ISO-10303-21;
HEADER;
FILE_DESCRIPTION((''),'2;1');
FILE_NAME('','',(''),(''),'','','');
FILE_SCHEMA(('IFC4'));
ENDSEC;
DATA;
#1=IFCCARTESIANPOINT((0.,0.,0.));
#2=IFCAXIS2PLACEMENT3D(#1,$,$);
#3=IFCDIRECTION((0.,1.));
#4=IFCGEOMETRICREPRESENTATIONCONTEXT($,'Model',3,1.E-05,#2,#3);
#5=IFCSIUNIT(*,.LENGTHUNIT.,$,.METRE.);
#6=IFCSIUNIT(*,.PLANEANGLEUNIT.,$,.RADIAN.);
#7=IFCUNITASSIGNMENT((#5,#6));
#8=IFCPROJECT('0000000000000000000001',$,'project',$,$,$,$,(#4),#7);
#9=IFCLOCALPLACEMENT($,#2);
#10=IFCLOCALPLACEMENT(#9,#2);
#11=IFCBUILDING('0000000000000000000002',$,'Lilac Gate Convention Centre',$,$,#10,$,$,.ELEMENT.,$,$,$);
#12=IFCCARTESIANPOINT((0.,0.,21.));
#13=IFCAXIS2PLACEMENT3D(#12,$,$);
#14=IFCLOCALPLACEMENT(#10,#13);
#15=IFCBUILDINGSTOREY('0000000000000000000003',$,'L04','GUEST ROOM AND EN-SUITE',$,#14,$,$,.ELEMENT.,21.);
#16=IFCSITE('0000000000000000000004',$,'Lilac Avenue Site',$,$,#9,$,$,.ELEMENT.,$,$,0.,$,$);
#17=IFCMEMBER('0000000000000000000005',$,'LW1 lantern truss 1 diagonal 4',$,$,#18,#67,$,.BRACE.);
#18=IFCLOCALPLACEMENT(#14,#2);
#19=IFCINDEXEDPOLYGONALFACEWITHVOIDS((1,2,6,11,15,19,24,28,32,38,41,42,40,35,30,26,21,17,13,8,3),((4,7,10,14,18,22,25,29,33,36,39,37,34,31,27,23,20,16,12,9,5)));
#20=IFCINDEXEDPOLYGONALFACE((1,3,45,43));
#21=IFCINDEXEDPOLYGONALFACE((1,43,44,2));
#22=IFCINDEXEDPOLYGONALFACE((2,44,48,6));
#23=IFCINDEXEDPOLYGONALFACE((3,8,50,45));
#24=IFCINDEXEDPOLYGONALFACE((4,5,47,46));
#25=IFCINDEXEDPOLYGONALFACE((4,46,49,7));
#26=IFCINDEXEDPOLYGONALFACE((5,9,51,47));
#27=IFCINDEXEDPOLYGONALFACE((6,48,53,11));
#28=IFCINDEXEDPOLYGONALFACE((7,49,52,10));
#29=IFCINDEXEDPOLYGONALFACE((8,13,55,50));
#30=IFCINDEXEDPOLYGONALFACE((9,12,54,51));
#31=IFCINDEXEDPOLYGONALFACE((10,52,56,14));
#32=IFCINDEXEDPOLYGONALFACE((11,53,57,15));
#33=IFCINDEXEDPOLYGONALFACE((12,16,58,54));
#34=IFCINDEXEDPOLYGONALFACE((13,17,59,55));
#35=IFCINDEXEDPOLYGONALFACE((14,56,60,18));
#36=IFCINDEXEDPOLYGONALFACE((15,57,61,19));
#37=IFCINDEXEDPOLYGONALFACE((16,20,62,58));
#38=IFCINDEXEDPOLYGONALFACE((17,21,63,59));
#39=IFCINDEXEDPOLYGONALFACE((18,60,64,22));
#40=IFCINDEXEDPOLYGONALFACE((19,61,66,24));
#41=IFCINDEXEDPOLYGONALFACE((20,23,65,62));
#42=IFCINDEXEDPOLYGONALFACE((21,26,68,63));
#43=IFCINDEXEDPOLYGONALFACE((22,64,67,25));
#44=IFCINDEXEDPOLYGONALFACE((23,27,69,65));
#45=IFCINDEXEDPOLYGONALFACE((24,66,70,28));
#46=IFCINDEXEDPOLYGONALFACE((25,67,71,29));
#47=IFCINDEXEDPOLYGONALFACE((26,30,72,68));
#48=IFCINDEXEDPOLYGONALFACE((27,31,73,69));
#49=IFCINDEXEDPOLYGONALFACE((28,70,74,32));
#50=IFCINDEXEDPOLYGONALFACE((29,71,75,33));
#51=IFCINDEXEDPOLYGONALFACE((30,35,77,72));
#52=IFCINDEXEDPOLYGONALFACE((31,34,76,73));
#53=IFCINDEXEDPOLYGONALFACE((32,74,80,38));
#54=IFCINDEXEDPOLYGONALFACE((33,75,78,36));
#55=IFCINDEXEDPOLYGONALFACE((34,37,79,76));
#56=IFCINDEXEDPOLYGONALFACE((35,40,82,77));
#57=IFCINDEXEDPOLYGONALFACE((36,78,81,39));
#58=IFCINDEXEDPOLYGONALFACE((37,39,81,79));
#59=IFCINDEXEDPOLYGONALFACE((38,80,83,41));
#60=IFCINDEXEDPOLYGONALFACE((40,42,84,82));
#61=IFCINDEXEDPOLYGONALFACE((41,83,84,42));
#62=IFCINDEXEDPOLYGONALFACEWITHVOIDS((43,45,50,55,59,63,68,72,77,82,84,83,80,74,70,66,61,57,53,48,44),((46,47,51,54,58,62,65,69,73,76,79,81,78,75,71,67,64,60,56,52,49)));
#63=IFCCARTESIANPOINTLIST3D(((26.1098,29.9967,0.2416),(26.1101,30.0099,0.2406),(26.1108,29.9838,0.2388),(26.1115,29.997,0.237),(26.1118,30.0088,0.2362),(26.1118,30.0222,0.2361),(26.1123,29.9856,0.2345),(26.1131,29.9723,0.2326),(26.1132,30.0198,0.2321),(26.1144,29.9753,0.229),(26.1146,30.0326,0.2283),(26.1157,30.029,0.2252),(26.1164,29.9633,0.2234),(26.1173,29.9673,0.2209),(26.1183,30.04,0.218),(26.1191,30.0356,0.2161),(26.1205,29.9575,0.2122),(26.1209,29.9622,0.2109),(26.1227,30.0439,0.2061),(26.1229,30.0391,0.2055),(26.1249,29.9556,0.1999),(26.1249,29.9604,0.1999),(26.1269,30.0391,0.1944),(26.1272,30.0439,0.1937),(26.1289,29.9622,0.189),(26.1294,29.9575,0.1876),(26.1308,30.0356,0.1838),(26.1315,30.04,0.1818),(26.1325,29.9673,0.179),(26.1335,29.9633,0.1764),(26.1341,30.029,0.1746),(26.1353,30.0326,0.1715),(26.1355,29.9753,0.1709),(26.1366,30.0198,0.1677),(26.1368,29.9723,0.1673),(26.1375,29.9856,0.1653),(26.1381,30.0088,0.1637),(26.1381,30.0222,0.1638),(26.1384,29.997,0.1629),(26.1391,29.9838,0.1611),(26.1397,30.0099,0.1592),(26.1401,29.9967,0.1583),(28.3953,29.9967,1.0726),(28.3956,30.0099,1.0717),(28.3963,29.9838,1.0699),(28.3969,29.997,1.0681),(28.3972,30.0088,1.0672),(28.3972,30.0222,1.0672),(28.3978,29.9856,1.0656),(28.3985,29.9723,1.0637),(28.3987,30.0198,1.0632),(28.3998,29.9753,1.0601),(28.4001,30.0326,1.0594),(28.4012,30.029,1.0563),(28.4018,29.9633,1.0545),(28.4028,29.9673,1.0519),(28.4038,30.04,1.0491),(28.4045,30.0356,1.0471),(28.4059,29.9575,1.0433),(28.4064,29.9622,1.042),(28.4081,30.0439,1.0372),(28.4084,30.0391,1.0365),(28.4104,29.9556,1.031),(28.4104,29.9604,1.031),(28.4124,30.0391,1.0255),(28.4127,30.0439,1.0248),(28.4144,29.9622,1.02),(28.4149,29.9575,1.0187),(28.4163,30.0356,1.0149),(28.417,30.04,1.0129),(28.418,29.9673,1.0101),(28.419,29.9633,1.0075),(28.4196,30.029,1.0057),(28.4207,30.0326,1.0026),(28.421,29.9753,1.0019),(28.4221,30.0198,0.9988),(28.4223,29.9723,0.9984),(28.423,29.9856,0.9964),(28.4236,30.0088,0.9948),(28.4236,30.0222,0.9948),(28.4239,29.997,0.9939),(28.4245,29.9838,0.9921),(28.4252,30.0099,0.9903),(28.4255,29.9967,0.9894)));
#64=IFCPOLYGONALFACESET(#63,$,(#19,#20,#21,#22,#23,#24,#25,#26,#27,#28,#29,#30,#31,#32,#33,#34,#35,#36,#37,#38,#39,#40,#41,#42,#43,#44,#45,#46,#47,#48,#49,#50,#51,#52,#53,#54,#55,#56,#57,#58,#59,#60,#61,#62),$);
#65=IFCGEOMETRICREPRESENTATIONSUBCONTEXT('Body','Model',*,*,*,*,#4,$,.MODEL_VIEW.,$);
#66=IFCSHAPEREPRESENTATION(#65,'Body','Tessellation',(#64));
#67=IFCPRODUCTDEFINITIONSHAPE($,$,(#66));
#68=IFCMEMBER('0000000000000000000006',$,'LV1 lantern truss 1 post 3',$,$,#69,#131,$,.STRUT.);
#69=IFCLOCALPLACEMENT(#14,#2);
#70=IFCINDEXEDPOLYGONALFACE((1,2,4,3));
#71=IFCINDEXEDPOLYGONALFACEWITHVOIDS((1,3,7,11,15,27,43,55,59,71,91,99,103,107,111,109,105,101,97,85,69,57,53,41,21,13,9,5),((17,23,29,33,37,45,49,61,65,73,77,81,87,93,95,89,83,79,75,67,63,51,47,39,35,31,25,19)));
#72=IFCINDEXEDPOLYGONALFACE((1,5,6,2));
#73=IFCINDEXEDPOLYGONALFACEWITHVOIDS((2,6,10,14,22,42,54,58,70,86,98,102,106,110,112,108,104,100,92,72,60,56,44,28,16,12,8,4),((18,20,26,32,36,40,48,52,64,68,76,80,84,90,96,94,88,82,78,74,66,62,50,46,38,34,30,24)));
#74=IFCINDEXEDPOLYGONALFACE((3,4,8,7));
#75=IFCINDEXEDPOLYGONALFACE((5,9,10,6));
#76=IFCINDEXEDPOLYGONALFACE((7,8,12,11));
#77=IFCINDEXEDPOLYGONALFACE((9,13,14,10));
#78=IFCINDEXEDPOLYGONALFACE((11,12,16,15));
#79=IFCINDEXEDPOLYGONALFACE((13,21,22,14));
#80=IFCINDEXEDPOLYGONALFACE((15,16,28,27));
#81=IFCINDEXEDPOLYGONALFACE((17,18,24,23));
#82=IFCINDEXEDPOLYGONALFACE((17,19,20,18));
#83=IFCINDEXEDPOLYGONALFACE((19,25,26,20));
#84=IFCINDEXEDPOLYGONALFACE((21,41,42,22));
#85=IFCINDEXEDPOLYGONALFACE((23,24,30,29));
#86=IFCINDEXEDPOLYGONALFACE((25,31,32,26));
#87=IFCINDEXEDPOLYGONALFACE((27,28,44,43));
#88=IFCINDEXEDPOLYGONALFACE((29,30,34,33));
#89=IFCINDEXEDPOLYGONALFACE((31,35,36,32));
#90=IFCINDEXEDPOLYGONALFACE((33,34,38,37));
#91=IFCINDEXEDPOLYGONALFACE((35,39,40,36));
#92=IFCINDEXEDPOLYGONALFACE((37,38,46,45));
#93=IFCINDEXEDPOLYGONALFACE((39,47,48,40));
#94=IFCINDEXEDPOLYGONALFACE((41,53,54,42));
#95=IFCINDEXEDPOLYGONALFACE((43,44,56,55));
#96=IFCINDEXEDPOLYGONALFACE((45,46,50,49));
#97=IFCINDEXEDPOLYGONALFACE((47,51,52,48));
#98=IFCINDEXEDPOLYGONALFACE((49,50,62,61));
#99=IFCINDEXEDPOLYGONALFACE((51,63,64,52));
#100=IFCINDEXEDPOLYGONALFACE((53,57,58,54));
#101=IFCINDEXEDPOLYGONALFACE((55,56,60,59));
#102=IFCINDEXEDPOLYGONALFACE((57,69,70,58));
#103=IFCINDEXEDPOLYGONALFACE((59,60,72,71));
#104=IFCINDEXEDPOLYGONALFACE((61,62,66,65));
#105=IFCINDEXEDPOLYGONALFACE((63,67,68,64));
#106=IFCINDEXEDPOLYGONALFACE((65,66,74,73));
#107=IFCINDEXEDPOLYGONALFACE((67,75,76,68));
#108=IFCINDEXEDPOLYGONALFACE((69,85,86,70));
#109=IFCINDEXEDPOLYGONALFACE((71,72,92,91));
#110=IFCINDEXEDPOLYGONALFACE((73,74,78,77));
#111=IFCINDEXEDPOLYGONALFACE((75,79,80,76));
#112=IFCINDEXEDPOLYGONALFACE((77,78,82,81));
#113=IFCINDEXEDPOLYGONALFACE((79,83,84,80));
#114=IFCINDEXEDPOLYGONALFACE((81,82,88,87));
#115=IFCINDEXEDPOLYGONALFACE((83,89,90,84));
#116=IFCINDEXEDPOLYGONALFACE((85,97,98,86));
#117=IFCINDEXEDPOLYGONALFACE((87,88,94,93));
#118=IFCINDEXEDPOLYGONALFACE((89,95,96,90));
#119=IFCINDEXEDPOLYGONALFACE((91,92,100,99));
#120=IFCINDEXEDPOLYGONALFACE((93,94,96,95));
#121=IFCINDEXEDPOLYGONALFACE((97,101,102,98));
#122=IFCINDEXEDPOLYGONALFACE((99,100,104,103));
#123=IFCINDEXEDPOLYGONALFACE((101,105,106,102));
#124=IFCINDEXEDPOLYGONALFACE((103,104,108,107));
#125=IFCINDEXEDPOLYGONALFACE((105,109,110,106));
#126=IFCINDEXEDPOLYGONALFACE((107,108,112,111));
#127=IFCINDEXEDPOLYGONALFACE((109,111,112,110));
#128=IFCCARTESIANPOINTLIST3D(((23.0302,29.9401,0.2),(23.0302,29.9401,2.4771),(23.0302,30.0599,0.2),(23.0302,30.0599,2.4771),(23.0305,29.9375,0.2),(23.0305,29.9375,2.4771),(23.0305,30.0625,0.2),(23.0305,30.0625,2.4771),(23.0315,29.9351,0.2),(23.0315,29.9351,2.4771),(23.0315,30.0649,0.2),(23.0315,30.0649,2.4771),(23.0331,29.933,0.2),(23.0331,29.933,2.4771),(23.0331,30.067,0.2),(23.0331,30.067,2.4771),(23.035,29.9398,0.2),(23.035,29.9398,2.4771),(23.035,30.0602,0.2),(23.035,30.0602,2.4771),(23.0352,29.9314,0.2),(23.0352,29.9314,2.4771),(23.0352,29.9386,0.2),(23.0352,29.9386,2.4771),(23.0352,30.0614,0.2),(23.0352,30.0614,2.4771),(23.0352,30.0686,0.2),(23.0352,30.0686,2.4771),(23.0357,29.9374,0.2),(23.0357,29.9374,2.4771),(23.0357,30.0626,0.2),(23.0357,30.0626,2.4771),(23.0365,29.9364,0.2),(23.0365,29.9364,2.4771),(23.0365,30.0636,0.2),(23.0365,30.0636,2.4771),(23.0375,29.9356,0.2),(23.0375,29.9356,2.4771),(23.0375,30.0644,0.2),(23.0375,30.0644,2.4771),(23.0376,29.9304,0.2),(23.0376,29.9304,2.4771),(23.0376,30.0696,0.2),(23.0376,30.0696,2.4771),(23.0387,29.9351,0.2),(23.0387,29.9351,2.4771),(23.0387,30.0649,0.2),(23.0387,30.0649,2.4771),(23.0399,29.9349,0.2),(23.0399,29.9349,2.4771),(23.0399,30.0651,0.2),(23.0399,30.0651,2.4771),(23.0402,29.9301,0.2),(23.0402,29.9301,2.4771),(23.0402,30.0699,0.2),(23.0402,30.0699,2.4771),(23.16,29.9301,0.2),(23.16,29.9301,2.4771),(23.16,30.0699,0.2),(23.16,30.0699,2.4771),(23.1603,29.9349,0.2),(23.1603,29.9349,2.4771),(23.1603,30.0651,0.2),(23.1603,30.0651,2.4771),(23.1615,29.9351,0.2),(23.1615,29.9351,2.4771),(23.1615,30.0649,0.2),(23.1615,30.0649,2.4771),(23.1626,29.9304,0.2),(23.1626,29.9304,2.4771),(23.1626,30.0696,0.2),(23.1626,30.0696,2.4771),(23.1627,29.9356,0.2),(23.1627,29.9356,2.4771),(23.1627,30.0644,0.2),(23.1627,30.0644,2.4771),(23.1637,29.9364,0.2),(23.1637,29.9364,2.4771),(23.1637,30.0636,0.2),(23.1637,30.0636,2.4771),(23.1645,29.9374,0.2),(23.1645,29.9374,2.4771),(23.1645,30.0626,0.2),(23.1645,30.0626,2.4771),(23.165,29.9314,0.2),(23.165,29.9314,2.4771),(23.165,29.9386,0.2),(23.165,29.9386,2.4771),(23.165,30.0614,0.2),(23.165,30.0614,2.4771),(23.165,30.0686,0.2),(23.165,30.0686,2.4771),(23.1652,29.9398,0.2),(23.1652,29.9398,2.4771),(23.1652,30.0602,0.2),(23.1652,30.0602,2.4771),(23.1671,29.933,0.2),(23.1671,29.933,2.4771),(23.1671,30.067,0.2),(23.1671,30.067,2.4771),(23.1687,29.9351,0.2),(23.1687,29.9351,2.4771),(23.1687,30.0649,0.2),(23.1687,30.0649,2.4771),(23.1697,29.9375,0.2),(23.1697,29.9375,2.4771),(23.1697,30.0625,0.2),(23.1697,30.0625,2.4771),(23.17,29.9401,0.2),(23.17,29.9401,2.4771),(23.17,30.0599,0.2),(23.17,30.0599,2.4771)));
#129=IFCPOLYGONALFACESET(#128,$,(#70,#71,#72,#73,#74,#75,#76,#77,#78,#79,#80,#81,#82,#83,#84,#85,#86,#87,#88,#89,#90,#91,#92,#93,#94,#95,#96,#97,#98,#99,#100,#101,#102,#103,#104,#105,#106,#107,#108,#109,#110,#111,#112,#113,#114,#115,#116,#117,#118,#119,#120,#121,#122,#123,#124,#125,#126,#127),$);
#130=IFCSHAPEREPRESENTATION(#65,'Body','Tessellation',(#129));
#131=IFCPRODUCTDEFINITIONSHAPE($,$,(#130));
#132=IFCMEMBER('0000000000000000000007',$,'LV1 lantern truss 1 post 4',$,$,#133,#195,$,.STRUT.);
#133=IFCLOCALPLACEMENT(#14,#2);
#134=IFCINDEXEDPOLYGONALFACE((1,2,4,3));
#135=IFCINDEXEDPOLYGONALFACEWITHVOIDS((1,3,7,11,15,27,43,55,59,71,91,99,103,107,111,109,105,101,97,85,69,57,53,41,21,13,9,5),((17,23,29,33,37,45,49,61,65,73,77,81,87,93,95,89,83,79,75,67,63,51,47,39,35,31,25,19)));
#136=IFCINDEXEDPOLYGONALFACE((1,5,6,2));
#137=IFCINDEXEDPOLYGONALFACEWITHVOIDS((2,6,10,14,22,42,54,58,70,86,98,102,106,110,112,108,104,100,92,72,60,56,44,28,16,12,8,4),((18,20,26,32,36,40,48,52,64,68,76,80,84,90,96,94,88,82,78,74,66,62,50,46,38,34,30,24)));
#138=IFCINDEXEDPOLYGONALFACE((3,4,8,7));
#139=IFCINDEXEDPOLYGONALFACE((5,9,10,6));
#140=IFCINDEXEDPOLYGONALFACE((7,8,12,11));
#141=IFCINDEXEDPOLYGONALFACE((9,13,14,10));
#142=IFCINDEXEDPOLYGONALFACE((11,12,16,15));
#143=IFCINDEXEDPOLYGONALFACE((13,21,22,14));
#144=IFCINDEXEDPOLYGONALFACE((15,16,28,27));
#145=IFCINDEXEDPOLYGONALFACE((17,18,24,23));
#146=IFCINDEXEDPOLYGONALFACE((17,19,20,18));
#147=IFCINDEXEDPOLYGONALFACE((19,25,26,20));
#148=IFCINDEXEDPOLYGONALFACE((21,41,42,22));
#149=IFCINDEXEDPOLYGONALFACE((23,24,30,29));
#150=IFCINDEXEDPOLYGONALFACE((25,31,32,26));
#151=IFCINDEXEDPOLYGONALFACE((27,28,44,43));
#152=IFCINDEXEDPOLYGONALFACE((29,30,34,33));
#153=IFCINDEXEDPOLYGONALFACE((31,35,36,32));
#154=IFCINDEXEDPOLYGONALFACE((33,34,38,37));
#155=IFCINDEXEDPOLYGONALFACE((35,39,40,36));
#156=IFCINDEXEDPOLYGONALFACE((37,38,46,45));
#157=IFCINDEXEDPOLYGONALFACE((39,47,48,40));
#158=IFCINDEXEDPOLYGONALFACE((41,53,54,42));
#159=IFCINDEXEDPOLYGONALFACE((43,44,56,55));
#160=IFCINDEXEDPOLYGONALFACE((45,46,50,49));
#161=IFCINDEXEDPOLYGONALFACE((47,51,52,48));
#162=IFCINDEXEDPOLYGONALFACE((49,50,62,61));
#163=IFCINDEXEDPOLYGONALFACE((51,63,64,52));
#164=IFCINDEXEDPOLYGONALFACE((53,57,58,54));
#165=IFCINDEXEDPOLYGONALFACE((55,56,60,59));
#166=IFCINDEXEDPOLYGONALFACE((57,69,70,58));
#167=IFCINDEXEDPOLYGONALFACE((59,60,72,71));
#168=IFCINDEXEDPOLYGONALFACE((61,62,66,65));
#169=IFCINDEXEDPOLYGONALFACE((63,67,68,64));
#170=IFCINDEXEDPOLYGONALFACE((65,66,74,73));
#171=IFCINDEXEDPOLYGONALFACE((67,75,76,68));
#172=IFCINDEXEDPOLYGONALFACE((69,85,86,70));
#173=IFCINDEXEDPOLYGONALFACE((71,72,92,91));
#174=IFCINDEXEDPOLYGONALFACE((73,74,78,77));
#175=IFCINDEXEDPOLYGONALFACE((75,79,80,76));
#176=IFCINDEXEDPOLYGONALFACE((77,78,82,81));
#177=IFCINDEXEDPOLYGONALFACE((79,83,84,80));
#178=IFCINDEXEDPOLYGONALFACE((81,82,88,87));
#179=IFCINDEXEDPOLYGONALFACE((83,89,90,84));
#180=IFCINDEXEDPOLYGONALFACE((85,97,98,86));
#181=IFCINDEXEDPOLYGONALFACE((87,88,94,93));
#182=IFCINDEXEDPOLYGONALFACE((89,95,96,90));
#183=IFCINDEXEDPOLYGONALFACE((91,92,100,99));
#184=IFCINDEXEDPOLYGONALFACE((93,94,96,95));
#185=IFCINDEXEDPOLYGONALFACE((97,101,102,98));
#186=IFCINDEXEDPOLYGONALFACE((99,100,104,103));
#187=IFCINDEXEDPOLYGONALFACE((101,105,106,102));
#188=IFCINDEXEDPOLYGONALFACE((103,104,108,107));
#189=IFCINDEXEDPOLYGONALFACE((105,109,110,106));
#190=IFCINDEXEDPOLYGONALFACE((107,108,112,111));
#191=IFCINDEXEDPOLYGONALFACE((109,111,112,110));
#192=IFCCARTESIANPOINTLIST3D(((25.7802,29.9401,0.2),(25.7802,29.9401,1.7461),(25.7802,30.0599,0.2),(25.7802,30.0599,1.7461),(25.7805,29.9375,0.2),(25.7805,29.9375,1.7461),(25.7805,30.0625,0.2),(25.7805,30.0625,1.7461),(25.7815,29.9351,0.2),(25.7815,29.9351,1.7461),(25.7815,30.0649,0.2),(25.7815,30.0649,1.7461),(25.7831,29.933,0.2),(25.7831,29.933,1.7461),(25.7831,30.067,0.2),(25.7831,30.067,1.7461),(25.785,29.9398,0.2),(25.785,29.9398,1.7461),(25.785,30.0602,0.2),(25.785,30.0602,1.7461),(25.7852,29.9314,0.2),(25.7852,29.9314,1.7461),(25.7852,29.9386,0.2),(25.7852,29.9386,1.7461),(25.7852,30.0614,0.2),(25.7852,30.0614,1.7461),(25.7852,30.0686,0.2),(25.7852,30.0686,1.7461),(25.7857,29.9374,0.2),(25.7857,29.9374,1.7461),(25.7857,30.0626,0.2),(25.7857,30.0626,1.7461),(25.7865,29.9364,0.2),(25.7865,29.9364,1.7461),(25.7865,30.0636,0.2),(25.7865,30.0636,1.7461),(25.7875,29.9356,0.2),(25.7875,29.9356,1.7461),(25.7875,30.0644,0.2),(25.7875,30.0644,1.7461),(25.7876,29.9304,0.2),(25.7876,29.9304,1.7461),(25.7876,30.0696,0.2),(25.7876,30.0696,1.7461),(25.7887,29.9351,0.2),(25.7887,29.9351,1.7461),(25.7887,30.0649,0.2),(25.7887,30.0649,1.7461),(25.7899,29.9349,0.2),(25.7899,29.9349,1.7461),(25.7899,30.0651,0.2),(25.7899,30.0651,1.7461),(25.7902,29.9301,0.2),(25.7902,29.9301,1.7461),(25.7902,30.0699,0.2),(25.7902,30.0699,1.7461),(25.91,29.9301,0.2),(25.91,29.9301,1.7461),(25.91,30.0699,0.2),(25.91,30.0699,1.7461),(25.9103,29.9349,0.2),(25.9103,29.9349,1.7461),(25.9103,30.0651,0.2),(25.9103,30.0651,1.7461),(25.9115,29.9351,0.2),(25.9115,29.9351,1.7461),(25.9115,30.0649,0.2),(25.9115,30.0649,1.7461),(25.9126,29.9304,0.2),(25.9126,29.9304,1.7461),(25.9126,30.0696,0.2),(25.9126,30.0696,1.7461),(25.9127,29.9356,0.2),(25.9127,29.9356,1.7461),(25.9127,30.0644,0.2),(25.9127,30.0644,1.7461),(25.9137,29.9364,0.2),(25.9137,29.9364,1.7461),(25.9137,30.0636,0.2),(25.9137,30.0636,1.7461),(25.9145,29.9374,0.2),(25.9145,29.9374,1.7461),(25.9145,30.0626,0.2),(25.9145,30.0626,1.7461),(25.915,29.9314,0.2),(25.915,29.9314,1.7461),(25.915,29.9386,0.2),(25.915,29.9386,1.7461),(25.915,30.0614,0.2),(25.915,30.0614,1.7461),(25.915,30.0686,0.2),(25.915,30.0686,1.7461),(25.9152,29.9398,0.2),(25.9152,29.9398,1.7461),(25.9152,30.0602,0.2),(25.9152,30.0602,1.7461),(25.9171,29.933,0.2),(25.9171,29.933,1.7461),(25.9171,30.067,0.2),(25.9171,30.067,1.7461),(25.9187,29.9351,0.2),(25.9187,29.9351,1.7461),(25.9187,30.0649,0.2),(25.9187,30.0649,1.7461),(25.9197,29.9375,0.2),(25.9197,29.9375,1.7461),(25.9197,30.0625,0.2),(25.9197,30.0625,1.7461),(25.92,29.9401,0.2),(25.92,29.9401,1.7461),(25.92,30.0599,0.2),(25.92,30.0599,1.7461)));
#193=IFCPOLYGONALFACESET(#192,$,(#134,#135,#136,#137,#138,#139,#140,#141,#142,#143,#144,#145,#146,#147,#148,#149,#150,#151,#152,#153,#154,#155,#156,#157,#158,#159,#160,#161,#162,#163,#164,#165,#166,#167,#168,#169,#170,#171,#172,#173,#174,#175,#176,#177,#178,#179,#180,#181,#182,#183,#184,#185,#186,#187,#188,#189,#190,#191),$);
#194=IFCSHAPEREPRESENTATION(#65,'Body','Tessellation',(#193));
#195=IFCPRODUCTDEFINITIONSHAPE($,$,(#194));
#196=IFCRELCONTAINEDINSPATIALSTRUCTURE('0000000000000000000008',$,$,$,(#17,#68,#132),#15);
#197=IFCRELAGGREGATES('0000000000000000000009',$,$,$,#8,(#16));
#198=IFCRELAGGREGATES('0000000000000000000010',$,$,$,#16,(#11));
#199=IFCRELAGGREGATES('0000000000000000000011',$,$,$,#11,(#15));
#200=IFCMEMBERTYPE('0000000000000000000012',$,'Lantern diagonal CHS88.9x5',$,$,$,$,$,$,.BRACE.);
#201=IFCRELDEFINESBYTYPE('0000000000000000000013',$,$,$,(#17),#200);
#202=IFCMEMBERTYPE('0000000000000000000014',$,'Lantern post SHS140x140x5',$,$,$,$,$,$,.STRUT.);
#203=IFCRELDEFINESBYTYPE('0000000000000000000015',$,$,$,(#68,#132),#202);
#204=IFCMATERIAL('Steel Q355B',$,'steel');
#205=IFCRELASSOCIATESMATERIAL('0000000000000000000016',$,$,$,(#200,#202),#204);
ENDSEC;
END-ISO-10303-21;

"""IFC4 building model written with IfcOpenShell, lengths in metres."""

from ifc_helpers import new_model, si_unit, direction, frame, origin, origin_2d, place, context, subcontext, project, spatial, hollow_rectangle, hollow_circle, extrude, material, material_profile, profile_set, type_object, element, save


model = new_model("IFC4")

# Units and contexts
model_context = context("Model", 3, precision=1e-05, world=origin(), true_north=direction((0.0, 1.0)))
body_context = subcontext(model_context, "Body", "Model", "MODEL_VIEW")
ifc_project = project(units=[si_unit("LENGTHUNIT", "METRE"), si_unit("PLANEANGLEUNIT", "RADIAN")], contexts=[model_context])

# Site, building, storey
site_placement = place(None, origin())
site = spatial("IfcSite", under=ifc_project, at=site_placement, Name="Lilac Avenue Site", CompositionType="ELEMENT", RefElevation=0.0)
building_placement = place(site_placement, origin())
building = spatial("IfcBuilding", under=site, at=building_placement, Name="Lilac Gate Convention Centre", CompositionType="ELEMENT")
storey_placement = place(building_placement, frame((0.0, 0.0, 21.0)))
storey = spatial("IfcBuildingStorey", under=building, at=storey_placement, Name="L04", Description="GUEST ROOM AND EN-SUITE", CompositionType="ELEMENT", Elevation=21.0)

# Members
ifc_material_1 = material(Name="Steel Q355B", Category="steel")
ifc_material_profile_1 = material_profile(ifc_material_1, hollow_circle(Radius=0.0444, WallThickness=0.0049, at=origin_2d()), Name="CHS88.9x5")
ifc_profile_set_1 = profile_set([ifc_material_profile_1], Name="Steel Q355B")
member_type_1 = type_object("IfcMemberType", Name="Lantern diagonal CHS88.9x5", PredefinedType="BRACE", material=ifc_profile_set_1)
member_1_placement = place(storey_placement, frame((28.4104, 30.0, 1.031), z_axis=(-0.939793, 0.0, -0.341743), x_axis=(0.0, -1.0, 0.0)))
element("IfcMember", 1, at=member_1_placement, inside=storey, type_object=member_type_1, Name="LW1 lantern truss 1 diagonal 4", PredefinedType="BRACE", context=body_context, shape_type="SweptSolid", body=[
    extrude(hollow_circle(Radius=0.0444, WallThickness=0.0049, at=origin_2d()), origin(), (0.0, 0.0, 1.0), 2.4319),
])
ifc_material_profile_2 = material_profile(ifc_material_1, hollow_rectangle(XDim=0.1399, YDim=0.1399, WallThickness=0.0049, InnerFilletRadius=0.0049, OuterFilletRadius=0.01, at=origin_2d()), Name="SHS140x140x5")
ifc_profile_set_2 = profile_set([ifc_material_profile_2], Name="Steel Q355B")
member_type_2 = type_object("IfcMemberType", Name="Lantern post SHS140x140x5", PredefinedType="STRUT", material=ifc_profile_set_2)
member_2_placement = place(storey_placement, frame((23.1001, 30.0, 0.2), z_axis=(0.0, 0.0, 1.0), x_axis=(1.0, 0.0, 0.0)))
element("IfcMember", 2, at=member_2_placement, inside=storey, type_object=member_type_2, Name="LV1 lantern truss 1 post 3", PredefinedType="STRUT", context=body_context, shape_type="SweptSolid", body=[
    extrude(hollow_rectangle(XDim=0.1399, YDim=0.1399, WallThickness=0.0049, InnerFilletRadius=0.0049, OuterFilletRadius=0.01, at=origin_2d()), origin(), (0.0, 0.0, 1.0), 2.2771),
])
member_3_placement = place(storey_placement, frame((25.8501, 30.0, 0.2), z_axis=(0.0, 0.0, 1.0), x_axis=(1.0, 0.0, 0.0)))
element("IfcMember", 3, at=member_3_placement, inside=storey, type_object=member_type_2, Name="LV1 lantern truss 1 post 4", PredefinedType="STRUT", context=body_context, shape_type="SweptSolid", body=[
    extrude(hollow_rectangle(XDim=0.1399, YDim=0.1399, WallThickness=0.0049, InnerFilletRadius=0.0049, OuterFilletRadius=0.01, at=origin_2d()), origin(), (0.0, 0.0, 1.0), 1.5461),
])

save(model, "model.ifc")
